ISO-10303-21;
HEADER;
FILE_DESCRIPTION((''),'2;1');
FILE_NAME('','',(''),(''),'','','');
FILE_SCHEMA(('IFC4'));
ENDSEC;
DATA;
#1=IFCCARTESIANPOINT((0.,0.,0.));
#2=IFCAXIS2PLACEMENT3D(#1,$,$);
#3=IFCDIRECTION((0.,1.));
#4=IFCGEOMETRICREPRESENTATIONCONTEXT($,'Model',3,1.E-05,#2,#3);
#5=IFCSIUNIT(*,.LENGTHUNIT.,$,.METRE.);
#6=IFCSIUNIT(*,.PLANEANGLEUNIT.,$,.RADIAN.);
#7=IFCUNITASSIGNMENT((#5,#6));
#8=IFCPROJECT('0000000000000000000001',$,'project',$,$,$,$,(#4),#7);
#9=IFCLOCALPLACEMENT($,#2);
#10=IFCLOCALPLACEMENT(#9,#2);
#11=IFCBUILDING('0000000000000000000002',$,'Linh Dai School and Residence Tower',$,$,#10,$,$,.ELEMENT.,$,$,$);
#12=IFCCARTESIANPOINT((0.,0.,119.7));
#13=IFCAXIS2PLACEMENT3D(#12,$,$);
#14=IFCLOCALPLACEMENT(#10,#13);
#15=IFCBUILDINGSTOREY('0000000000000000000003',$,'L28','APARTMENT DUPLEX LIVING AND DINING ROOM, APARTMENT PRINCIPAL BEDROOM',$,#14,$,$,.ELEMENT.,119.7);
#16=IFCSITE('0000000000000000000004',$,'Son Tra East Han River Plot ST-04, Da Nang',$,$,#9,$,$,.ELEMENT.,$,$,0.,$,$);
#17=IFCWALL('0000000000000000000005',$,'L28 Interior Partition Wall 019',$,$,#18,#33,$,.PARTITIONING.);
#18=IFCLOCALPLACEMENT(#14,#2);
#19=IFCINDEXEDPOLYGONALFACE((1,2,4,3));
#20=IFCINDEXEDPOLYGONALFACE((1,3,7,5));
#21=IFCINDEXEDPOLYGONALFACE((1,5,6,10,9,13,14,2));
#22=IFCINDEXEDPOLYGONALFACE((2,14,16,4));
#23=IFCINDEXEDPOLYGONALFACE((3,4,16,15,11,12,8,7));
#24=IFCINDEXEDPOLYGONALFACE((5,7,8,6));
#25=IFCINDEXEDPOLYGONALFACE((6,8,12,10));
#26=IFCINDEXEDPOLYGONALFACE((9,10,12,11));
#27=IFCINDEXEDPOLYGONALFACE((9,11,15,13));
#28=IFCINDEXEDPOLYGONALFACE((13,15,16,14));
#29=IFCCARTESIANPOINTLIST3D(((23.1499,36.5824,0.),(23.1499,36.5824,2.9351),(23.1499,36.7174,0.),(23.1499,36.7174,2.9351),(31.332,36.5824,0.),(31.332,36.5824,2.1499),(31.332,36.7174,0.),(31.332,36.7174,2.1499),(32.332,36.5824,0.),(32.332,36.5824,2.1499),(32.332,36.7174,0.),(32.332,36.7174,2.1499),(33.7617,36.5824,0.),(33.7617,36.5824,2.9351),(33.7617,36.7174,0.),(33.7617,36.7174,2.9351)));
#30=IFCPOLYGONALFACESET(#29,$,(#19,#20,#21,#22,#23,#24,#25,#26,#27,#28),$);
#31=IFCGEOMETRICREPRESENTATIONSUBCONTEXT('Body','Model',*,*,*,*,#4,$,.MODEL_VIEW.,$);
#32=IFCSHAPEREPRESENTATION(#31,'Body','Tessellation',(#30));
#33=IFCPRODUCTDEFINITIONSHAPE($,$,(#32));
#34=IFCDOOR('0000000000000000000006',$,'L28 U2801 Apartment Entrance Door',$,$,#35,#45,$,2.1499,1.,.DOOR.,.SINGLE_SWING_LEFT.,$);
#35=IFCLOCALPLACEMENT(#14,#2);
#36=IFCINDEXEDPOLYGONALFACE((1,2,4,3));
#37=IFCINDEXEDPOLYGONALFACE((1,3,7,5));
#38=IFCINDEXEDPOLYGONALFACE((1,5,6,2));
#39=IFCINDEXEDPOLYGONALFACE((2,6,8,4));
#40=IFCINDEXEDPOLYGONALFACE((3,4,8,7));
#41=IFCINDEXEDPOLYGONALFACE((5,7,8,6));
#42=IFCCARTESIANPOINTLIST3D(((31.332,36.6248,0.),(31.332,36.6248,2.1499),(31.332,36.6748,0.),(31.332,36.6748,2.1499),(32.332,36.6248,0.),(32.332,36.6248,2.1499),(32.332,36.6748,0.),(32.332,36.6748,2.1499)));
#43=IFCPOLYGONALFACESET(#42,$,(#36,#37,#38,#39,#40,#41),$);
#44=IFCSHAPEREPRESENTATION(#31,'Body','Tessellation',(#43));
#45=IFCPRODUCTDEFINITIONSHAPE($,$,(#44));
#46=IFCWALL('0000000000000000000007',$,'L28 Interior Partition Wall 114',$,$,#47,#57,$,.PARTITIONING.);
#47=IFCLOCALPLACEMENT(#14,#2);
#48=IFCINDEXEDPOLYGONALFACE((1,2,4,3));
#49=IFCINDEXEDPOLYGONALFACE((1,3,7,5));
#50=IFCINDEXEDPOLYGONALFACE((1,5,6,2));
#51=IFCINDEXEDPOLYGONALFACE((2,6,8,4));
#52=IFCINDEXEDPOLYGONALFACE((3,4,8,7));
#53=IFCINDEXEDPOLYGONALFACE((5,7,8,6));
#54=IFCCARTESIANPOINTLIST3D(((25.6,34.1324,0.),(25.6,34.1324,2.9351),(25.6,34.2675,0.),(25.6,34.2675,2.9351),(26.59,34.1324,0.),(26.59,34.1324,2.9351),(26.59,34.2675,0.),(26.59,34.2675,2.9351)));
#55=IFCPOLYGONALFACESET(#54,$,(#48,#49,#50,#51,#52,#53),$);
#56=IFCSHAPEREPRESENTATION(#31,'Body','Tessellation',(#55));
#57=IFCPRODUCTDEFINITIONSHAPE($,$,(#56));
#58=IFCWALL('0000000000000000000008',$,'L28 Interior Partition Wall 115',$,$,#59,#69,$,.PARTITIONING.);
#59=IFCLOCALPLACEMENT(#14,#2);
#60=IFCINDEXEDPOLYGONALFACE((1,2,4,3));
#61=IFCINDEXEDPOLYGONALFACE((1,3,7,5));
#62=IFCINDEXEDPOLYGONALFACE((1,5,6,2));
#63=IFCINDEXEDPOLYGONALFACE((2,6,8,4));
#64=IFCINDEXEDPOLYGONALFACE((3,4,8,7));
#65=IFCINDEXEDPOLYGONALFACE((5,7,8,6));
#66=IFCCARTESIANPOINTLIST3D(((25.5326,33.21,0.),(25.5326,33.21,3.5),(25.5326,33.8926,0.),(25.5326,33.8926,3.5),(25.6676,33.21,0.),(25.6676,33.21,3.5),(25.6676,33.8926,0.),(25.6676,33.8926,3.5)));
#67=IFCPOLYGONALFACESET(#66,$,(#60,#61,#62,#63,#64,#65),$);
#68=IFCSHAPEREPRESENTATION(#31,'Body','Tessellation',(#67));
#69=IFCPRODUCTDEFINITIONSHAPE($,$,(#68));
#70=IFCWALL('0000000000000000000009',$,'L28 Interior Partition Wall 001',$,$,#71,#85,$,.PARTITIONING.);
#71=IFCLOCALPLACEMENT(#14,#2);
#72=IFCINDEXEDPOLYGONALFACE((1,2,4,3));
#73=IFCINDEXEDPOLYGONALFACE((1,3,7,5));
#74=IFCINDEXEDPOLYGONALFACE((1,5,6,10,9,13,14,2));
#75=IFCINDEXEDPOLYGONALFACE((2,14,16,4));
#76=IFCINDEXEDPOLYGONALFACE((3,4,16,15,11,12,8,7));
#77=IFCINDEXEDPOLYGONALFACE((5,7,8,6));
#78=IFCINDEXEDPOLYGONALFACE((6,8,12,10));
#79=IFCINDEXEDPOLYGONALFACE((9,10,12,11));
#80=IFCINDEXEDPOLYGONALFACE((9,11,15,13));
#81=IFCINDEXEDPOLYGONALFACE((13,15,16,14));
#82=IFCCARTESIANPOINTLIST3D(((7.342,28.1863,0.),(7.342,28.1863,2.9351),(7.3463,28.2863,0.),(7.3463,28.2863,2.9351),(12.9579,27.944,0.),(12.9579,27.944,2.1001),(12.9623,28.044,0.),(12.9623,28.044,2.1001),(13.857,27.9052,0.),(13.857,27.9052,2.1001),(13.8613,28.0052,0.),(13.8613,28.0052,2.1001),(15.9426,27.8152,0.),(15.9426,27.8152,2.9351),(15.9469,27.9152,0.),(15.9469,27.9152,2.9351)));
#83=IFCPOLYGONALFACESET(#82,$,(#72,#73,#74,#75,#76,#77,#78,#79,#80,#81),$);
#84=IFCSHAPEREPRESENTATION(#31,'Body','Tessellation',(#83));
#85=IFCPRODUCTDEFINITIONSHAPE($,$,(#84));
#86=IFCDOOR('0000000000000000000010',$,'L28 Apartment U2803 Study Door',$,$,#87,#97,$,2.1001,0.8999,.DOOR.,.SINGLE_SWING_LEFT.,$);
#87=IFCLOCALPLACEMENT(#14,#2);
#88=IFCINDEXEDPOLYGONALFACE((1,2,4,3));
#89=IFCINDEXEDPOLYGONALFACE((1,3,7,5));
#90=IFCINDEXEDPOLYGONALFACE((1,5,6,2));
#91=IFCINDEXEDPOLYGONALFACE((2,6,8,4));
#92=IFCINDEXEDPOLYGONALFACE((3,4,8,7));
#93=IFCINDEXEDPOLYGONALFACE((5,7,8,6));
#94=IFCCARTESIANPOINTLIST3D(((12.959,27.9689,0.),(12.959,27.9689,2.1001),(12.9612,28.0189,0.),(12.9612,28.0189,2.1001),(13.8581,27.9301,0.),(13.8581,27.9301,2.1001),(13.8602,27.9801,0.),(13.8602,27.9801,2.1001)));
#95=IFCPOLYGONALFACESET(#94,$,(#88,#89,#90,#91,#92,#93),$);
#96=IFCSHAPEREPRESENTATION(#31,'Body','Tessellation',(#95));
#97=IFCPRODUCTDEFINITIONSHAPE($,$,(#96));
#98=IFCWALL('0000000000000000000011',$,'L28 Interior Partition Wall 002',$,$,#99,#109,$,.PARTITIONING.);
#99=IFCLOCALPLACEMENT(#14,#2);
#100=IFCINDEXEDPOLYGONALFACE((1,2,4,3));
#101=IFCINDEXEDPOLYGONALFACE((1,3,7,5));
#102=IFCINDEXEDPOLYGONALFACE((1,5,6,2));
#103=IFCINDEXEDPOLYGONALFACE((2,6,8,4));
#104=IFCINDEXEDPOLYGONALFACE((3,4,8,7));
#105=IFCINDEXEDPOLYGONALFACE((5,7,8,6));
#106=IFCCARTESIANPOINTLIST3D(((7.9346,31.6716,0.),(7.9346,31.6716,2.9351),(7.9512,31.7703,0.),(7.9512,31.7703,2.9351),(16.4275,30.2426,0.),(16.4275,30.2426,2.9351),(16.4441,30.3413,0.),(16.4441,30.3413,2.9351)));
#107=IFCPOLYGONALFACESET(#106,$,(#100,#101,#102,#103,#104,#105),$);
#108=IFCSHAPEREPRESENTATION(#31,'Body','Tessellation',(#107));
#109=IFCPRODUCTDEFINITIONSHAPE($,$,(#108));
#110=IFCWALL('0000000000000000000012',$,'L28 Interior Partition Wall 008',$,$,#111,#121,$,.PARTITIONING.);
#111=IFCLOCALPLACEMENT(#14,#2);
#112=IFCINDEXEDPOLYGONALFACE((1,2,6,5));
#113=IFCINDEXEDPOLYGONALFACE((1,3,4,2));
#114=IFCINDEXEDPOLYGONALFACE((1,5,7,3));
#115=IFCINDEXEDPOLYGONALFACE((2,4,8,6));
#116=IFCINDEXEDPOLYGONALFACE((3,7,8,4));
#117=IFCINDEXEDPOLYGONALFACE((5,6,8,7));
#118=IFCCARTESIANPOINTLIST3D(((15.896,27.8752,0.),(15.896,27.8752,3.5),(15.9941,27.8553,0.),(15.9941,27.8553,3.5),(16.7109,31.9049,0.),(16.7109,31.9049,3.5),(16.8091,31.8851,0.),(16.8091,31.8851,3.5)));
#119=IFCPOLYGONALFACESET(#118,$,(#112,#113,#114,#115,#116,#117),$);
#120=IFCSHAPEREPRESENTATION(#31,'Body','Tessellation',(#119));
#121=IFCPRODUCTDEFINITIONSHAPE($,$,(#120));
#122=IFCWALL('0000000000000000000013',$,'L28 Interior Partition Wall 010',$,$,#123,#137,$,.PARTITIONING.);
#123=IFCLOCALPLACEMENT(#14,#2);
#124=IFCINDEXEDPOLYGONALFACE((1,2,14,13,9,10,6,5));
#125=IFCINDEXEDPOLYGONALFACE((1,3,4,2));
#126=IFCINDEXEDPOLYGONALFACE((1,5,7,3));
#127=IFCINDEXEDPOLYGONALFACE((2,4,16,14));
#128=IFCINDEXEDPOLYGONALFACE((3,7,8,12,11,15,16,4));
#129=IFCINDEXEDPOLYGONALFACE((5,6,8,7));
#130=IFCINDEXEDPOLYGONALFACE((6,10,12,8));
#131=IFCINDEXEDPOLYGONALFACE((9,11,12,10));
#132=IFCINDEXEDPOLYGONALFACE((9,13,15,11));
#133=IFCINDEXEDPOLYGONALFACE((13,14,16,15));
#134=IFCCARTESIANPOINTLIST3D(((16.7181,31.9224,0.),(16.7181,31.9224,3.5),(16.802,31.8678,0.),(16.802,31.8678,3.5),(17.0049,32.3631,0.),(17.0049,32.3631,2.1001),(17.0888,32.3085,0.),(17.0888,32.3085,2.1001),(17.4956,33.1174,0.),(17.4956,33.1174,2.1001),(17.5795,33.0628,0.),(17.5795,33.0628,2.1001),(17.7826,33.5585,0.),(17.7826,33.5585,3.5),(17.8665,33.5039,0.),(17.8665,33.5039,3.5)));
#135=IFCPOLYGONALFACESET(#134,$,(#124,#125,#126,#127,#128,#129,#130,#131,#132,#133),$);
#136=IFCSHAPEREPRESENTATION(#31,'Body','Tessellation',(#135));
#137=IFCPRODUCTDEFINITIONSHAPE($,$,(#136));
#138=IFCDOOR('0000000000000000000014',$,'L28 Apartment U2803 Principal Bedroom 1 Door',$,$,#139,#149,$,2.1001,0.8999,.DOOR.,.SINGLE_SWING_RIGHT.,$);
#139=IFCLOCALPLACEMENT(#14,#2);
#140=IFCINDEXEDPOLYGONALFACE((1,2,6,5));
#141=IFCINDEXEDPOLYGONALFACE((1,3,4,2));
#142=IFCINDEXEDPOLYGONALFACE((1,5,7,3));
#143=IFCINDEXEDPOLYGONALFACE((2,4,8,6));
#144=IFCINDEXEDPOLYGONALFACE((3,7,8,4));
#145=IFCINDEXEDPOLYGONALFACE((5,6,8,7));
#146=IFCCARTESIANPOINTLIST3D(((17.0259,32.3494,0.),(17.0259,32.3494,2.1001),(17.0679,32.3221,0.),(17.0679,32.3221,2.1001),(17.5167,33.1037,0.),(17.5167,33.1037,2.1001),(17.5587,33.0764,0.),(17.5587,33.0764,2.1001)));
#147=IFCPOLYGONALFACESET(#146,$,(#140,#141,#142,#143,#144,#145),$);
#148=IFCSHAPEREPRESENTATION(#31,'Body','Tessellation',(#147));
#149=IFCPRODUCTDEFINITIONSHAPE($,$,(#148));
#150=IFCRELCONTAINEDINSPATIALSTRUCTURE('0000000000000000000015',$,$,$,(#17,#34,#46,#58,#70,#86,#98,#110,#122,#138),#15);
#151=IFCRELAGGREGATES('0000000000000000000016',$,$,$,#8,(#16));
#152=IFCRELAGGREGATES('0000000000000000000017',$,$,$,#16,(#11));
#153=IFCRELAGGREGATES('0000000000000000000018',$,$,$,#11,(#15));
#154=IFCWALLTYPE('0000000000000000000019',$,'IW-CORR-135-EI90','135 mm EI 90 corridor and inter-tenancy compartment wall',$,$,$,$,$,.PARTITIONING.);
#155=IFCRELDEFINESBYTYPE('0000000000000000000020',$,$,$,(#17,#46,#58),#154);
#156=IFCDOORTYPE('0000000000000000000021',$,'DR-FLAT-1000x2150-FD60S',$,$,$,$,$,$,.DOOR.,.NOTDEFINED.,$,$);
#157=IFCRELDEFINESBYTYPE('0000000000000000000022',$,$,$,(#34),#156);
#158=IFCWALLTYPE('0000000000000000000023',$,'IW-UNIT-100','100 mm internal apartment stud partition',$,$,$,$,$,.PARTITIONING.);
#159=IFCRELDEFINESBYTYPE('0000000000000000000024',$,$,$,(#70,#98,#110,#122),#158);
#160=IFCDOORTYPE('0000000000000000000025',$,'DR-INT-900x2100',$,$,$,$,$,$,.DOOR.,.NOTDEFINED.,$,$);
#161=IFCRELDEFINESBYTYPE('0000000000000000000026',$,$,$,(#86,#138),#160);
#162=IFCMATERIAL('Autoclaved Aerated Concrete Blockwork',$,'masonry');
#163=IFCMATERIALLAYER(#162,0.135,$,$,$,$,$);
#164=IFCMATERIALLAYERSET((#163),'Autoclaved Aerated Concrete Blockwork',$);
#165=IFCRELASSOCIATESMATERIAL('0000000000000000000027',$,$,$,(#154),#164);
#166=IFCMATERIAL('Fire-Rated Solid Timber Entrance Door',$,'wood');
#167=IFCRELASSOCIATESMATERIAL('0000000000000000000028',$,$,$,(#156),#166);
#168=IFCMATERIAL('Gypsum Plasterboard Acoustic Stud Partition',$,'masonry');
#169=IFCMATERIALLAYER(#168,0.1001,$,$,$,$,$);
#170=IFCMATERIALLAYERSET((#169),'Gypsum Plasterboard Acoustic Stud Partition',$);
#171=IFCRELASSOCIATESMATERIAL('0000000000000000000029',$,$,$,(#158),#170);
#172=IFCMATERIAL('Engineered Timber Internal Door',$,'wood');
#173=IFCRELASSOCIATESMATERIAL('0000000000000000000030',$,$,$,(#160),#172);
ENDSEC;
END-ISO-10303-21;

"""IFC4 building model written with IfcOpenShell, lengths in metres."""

from ifc_helpers import new_model, si_unit, direction, frame, frame_2d, origin, origin_2d, place, context, subcontext, project, spatial, rectangle, extrude, source, transform, mapped, material, layer, layer_set, type_object, element, fill, save


model = new_model("IFC4")

# Units and contexts
model_context = context("Model", 3, precision=1e-05, world=origin(), true_north=direction((0.0, 1.0)))
body_context = subcontext(model_context, "Body", "Model", "MODEL_VIEW")
ifc_project = project(units=[si_unit("LENGTHUNIT", "METRE"), si_unit("PLANEANGLEUNIT", "RADIAN")], contexts=[model_context])

# Site, building, storey
site_placement = place(None, origin())
site = spatial("IfcSite", under=ifc_project, at=site_placement, Name="Son Tra East Han River Plot ST-04, Da Nang", CompositionType="ELEMENT", RefElevation=0.0)
building_placement = place(site_placement, origin())
building = spatial("IfcBuilding", under=site, at=building_placement, Name="Linh Dai School and Residence Tower", CompositionType="ELEMENT")
storey_placement = place(building_placement, frame((0.0, 0.0, 119.7)))
storey = spatial("IfcBuildingStorey", under=building, at=storey_placement, Name="L28", Description="APARTMENT DUPLEX LIVING AND DINING ROOM, APARTMENT PRINCIPAL BEDROOM", CompositionType="ELEMENT", Elevation=119.7)

# Shared definitions
ifc_material_1 = material(Name="Autoclaved Aerated Concrete Blockwork", Category="masonry")
ifc_layer_1 = layer(ifc_material_1, 0.135)
ifc_layer_set_1 = layer_set([ifc_layer_1], Name="Autoclaved Aerated Concrete Blockwork")
wall_type_1 = type_object("IfcWallType", Name="IW-CORR-135-EI90", Description="135 mm EI 90 corridor and inter-tenancy compartment wall", PredefinedType="PARTITIONING", material=ifc_layer_set_1)

# Wall, opening, door
wall_1_placement = place(storey_placement, frame((23.1499, 36.6499, 0.0), z_axis=(0.0, 0.0, 1.0), x_axis=(1.0, 0.0, 0.0)))
wall_1 = element("IfcWall", 1, at=wall_1_placement, inside=storey, type_object=wall_type_1, Name="L28 Interior Partition Wall 019", PredefinedType="PARTITIONING", context=body_context, shape_type="SweptSolid", body=[
    extrude(rectangle(XDim=10.6118, YDim=0.135, at=frame_2d((5.3059, 0.0))), origin(), (0.0, 0.0, 1.0), 2.9351),
])
opening_1_placement = place(wall_1_placement, frame((8.1821, 0.0, 0.0)))
opening_1 = element("IfcOpeningElement", 2, at=opening_1_placement, cuts=wall_1, PredefinedType="OPENING", context=body_context, shape_type="SweptSolid", body=[
    extrude(rectangle(XDim=1.0, YDim=2.1499, at=origin_2d()), frame((0.5, 0.0776, 1.075), z_axis=(0.0, -1.0, 0.0), x_axis=(1.0, 0.0, 0.0)), (0.0, 0.0, 1.0), 0.155),
])
ifc_material_2 = material(Name="Fire-Rated Solid Timber Entrance Door", Category="wood")
door_type_1 = type_object("IfcDoorType", Name="DR-FLAT-1000x2150-FD60S", OperationType="NOTDEFINED", PredefinedType="DOOR", material=ifc_material_2)
shared_shape_1 = source(origin(), body_context, "Body", "SweptSolid", [
    extrude(rectangle(XDim=1.0, YDim=2.1499, at=origin_2d()), frame((0.5, 0.0249, 1.075), z_axis=(0.0, -1.0, 0.0), x_axis=(1.0, 0.0, 0.0)), (0.0, 0.0, 1.0), 0.05),
])
door_1_placement = place(opening_1_placement, origin())
door_1 = element("IfcDoor", 3, at=door_1_placement, inside=storey, type_object=door_type_1, Name="L28 U2801 Apartment Entrance Door", OperationType="SINGLE_SWING_LEFT", OverallHeight=2.1499, OverallWidth=1.0, PredefinedType="DOOR", context=body_context, shape_type="MappedRepresentation", body=[
    mapped(shared_shape_1, transform((0.0, 0.0, 0.0), x_axis=(1.0, 0.0, 0.0), y_axis=(0.0, 1.0, 0.0), z_axis=(0.0, 0.0, 1.0), scale=1.0)),
])
fill(opening_1, door_1)

# Walls
wall_2_placement = place(storey_placement, frame((26.5901, 34.2, 0.0), z_axis=(0.0, 0.0, 1.0), x_axis=(-1.0, 0.0, 0.0)))
element("IfcWall", 4, at=wall_2_placement, inside=storey, type_object=wall_type_1, Name="L28 Interior Partition Wall 114", PredefinedType="PARTITIONING", context=body_context, shape_type="SweptSolid", body=[
    extrude(rectangle(XDim=0.99, YDim=0.135, at=frame_2d((0.4951, 0.0))), origin(), (0.0, 0.0, 1.0), 2.9351),
])
wall_3_placement = place(storey_placement, frame((25.6001, 33.8926, 0.0), z_axis=(0.0, 0.0, 1.0), x_axis=(0.0, -1.0, 0.0)))
element("IfcWall", 5, at=wall_3_placement, inside=storey, type_object=wall_type_1, Name="L28 Interior Partition Wall 115", PredefinedType="PARTITIONING", context=body_context, shape_type="SweptSolid", body=[
    extrude(rectangle(XDim=0.6826, YDim=0.135, at=frame_2d((0.3413, 0.0))), origin(), (0.0, 0.0, 1.0), 3.5),
])

# Wall, opening, door
ifc_material_3 = material(Name="Gypsum Plasterboard Acoustic Stud Partition", Category="masonry")
ifc_layer_2 = layer(ifc_material_3, 0.1001)
ifc_layer_set_2 = layer_set([ifc_layer_2], Name="Gypsum Plasterboard Acoustic Stud Partition")
wall_type_2 = type_object("IfcWallType", Name="IW-UNIT-100", Description="100 mm internal apartment stud partition", PredefinedType="PARTITIONING", material=ifc_layer_set_2)
wall_4_placement = place(storey_placement, frame((7.3442, 28.2363, 0.0), z_axis=(0.0, 0.0, 1.0), x_axis=(0.99907, -0.043107, 0.0)))
wall_4 = element("IfcWall", 6, at=wall_4_placement, inside=storey, type_object=wall_type_2, Name="L28 Interior Partition Wall 001", PredefinedType="PARTITIONING", context=body_context, shape_type="SweptSolid", body=[
    extrude(rectangle(XDim=8.6086, YDim=0.1001, at=frame_2d((4.3042, 0.0))), origin(), (0.0, 0.0, 1.0), 2.9351),
])
opening_2_placement = place(wall_4_placement, frame((5.6211, 0.0, 0.0)))
opening_2 = element("IfcOpeningElement", 7, at=opening_2_placement, cuts=wall_4, PredefinedType="OPENING", context=body_context, shape_type="SweptSolid", body=[
    extrude(rectangle(XDim=0.8999, YDim=2.1001, at=origin_2d()), frame((0.45, 0.0601, 1.05), z_axis=(0.0, -1.0, 0.0), x_axis=(1.0, 0.0, 0.0)), (0.0, 0.0, 1.0), 0.1201),
])
ifc_material_4 = material(Name="Engineered Timber Internal Door", Category="wood")
door_type_2 = type_object("IfcDoorType", Name="DR-INT-900x2100", OperationType="NOTDEFINED", PredefinedType="DOOR", material=ifc_material_4)
shared_shape_2 = source(origin(), body_context, "Body", "SweptSolid", [
    extrude(rectangle(XDim=0.8999, YDim=2.1001, at=origin_2d()), frame((0.45, 0.0249, 1.05), z_axis=(0.0, -1.0, 0.0), x_axis=(1.0, 0.0, 0.0)), (0.0, 0.0, 1.0), 0.05),
])
door_2_placement = place(opening_2_placement, origin())
door_2 = element("IfcDoor", 8, at=door_2_placement, inside=storey, type_object=door_type_2, Name="L28 Apartment U2803 Study Door", OperationType="SINGLE_SWING_LEFT", OverallHeight=2.1001, OverallWidth=0.8999, PredefinedType="DOOR", context=body_context, shape_type="MappedRepresentation", body=[
    mapped(shared_shape_2, transform((0.0, 0.0, 0.0), x_axis=(1.0, 0.0, 0.0), y_axis=(0.0, 1.0, 0.0), z_axis=(0.0, 0.0, 1.0), scale=1.0)),
])
fill(opening_2, door_2)

# Walls
wall_5_placement = place(storey_placement, frame((7.9429, 31.7209, 0.0), z_axis=(0.0, 0.0, 1.0), x_axis=(0.986139, -0.16592, 0.0)))
element("IfcWall", 9, at=wall_5_placement, inside=storey, type_object=wall_type_2, Name="L28 Interior Partition Wall 002", PredefinedType="PARTITIONING", context=body_context, shape_type="SweptSolid", body=[
    extrude(rectangle(XDim=8.6123, YDim=0.1001, at=frame_2d((4.3062, 0.0))), origin(), (0.0, 0.0, 1.0), 2.9351),
])
wall_6_placement = place(storey_placement, frame((15.9451, 27.8652, 0.0), z_axis=(0.0, 0.0, 1.0), x_axis=(0.198217, 0.980158, 0.0)))
element("IfcWall", 10, at=wall_6_placement, inside=storey, type_object=wall_type_2, Name="L28 Interior Partition Wall 008", PredefinedType="PARTITIONING", context=body_context, shape_type="SweptSolid", body=[
    extrude(rectangle(XDim=4.1113, YDim=0.1001, at=frame_2d((2.0557, 0.0))), origin(), (0.0, 0.0, 1.0), 3.5),
])

# Wall, opening, door
wall_7_placement = place(storey_placement, frame((16.76, 31.895, 0.0), z_axis=(0.0, 0.0, 1.0), x_axis=(0.545371, 0.838195, 0.0)))
wall_7 = element("IfcWall", 11, at=wall_7_placement, inside=storey, type_object=wall_type_2, Name="L28 Interior Partition Wall 010", PredefinedType="PARTITIONING", context=body_context, shape_type="SweptSolid", body=[
    extrude(rectangle(XDim=1.9519, YDim=0.1001, at=frame_2d((0.9761, 0.0))), origin(), (0.0, 0.0, 1.0), 3.5),
])
opening_3_placement = place(wall_7_placement, frame((0.5259, 0.0, 0.0)))
opening_3 = element("IfcOpeningElement", 12, at=opening_3_placement, cuts=wall_7, PredefinedType="OPENING", context=body_context, shape_type="SweptSolid", body=[
    extrude(rectangle(XDim=0.8999, YDim=2.1001, at=origin_2d()), frame((0.45, 0.0601, 1.05), z_axis=(0.0, -1.0, 0.0), x_axis=(1.0, 0.0, 0.0)), (0.0, 0.0, 1.0), 0.1201),
])
door_3_placement = place(opening_3_placement, origin())
door_3 = element("IfcDoor", 13, at=door_3_placement, inside=storey, type_object=door_type_2, Name="L28 Apartment U2803 Principal Bedroom 1 Door", OperationType="SINGLE_SWING_RIGHT", OverallHeight=2.1001, OverallWidth=0.8999, PredefinedType="DOOR", context=body_context, shape_type="MappedRepresentation", body=[
    mapped(shared_shape_2, transform((0.0, 0.0, 0.0), x_axis=(1.0, 0.0, 0.0), y_axis=(0.0, 1.0, 0.0), z_axis=(0.0, 0.0, 1.0), scale=1.0)),
])
fill(opening_3, door_3)

save(model, "model.ifc")
